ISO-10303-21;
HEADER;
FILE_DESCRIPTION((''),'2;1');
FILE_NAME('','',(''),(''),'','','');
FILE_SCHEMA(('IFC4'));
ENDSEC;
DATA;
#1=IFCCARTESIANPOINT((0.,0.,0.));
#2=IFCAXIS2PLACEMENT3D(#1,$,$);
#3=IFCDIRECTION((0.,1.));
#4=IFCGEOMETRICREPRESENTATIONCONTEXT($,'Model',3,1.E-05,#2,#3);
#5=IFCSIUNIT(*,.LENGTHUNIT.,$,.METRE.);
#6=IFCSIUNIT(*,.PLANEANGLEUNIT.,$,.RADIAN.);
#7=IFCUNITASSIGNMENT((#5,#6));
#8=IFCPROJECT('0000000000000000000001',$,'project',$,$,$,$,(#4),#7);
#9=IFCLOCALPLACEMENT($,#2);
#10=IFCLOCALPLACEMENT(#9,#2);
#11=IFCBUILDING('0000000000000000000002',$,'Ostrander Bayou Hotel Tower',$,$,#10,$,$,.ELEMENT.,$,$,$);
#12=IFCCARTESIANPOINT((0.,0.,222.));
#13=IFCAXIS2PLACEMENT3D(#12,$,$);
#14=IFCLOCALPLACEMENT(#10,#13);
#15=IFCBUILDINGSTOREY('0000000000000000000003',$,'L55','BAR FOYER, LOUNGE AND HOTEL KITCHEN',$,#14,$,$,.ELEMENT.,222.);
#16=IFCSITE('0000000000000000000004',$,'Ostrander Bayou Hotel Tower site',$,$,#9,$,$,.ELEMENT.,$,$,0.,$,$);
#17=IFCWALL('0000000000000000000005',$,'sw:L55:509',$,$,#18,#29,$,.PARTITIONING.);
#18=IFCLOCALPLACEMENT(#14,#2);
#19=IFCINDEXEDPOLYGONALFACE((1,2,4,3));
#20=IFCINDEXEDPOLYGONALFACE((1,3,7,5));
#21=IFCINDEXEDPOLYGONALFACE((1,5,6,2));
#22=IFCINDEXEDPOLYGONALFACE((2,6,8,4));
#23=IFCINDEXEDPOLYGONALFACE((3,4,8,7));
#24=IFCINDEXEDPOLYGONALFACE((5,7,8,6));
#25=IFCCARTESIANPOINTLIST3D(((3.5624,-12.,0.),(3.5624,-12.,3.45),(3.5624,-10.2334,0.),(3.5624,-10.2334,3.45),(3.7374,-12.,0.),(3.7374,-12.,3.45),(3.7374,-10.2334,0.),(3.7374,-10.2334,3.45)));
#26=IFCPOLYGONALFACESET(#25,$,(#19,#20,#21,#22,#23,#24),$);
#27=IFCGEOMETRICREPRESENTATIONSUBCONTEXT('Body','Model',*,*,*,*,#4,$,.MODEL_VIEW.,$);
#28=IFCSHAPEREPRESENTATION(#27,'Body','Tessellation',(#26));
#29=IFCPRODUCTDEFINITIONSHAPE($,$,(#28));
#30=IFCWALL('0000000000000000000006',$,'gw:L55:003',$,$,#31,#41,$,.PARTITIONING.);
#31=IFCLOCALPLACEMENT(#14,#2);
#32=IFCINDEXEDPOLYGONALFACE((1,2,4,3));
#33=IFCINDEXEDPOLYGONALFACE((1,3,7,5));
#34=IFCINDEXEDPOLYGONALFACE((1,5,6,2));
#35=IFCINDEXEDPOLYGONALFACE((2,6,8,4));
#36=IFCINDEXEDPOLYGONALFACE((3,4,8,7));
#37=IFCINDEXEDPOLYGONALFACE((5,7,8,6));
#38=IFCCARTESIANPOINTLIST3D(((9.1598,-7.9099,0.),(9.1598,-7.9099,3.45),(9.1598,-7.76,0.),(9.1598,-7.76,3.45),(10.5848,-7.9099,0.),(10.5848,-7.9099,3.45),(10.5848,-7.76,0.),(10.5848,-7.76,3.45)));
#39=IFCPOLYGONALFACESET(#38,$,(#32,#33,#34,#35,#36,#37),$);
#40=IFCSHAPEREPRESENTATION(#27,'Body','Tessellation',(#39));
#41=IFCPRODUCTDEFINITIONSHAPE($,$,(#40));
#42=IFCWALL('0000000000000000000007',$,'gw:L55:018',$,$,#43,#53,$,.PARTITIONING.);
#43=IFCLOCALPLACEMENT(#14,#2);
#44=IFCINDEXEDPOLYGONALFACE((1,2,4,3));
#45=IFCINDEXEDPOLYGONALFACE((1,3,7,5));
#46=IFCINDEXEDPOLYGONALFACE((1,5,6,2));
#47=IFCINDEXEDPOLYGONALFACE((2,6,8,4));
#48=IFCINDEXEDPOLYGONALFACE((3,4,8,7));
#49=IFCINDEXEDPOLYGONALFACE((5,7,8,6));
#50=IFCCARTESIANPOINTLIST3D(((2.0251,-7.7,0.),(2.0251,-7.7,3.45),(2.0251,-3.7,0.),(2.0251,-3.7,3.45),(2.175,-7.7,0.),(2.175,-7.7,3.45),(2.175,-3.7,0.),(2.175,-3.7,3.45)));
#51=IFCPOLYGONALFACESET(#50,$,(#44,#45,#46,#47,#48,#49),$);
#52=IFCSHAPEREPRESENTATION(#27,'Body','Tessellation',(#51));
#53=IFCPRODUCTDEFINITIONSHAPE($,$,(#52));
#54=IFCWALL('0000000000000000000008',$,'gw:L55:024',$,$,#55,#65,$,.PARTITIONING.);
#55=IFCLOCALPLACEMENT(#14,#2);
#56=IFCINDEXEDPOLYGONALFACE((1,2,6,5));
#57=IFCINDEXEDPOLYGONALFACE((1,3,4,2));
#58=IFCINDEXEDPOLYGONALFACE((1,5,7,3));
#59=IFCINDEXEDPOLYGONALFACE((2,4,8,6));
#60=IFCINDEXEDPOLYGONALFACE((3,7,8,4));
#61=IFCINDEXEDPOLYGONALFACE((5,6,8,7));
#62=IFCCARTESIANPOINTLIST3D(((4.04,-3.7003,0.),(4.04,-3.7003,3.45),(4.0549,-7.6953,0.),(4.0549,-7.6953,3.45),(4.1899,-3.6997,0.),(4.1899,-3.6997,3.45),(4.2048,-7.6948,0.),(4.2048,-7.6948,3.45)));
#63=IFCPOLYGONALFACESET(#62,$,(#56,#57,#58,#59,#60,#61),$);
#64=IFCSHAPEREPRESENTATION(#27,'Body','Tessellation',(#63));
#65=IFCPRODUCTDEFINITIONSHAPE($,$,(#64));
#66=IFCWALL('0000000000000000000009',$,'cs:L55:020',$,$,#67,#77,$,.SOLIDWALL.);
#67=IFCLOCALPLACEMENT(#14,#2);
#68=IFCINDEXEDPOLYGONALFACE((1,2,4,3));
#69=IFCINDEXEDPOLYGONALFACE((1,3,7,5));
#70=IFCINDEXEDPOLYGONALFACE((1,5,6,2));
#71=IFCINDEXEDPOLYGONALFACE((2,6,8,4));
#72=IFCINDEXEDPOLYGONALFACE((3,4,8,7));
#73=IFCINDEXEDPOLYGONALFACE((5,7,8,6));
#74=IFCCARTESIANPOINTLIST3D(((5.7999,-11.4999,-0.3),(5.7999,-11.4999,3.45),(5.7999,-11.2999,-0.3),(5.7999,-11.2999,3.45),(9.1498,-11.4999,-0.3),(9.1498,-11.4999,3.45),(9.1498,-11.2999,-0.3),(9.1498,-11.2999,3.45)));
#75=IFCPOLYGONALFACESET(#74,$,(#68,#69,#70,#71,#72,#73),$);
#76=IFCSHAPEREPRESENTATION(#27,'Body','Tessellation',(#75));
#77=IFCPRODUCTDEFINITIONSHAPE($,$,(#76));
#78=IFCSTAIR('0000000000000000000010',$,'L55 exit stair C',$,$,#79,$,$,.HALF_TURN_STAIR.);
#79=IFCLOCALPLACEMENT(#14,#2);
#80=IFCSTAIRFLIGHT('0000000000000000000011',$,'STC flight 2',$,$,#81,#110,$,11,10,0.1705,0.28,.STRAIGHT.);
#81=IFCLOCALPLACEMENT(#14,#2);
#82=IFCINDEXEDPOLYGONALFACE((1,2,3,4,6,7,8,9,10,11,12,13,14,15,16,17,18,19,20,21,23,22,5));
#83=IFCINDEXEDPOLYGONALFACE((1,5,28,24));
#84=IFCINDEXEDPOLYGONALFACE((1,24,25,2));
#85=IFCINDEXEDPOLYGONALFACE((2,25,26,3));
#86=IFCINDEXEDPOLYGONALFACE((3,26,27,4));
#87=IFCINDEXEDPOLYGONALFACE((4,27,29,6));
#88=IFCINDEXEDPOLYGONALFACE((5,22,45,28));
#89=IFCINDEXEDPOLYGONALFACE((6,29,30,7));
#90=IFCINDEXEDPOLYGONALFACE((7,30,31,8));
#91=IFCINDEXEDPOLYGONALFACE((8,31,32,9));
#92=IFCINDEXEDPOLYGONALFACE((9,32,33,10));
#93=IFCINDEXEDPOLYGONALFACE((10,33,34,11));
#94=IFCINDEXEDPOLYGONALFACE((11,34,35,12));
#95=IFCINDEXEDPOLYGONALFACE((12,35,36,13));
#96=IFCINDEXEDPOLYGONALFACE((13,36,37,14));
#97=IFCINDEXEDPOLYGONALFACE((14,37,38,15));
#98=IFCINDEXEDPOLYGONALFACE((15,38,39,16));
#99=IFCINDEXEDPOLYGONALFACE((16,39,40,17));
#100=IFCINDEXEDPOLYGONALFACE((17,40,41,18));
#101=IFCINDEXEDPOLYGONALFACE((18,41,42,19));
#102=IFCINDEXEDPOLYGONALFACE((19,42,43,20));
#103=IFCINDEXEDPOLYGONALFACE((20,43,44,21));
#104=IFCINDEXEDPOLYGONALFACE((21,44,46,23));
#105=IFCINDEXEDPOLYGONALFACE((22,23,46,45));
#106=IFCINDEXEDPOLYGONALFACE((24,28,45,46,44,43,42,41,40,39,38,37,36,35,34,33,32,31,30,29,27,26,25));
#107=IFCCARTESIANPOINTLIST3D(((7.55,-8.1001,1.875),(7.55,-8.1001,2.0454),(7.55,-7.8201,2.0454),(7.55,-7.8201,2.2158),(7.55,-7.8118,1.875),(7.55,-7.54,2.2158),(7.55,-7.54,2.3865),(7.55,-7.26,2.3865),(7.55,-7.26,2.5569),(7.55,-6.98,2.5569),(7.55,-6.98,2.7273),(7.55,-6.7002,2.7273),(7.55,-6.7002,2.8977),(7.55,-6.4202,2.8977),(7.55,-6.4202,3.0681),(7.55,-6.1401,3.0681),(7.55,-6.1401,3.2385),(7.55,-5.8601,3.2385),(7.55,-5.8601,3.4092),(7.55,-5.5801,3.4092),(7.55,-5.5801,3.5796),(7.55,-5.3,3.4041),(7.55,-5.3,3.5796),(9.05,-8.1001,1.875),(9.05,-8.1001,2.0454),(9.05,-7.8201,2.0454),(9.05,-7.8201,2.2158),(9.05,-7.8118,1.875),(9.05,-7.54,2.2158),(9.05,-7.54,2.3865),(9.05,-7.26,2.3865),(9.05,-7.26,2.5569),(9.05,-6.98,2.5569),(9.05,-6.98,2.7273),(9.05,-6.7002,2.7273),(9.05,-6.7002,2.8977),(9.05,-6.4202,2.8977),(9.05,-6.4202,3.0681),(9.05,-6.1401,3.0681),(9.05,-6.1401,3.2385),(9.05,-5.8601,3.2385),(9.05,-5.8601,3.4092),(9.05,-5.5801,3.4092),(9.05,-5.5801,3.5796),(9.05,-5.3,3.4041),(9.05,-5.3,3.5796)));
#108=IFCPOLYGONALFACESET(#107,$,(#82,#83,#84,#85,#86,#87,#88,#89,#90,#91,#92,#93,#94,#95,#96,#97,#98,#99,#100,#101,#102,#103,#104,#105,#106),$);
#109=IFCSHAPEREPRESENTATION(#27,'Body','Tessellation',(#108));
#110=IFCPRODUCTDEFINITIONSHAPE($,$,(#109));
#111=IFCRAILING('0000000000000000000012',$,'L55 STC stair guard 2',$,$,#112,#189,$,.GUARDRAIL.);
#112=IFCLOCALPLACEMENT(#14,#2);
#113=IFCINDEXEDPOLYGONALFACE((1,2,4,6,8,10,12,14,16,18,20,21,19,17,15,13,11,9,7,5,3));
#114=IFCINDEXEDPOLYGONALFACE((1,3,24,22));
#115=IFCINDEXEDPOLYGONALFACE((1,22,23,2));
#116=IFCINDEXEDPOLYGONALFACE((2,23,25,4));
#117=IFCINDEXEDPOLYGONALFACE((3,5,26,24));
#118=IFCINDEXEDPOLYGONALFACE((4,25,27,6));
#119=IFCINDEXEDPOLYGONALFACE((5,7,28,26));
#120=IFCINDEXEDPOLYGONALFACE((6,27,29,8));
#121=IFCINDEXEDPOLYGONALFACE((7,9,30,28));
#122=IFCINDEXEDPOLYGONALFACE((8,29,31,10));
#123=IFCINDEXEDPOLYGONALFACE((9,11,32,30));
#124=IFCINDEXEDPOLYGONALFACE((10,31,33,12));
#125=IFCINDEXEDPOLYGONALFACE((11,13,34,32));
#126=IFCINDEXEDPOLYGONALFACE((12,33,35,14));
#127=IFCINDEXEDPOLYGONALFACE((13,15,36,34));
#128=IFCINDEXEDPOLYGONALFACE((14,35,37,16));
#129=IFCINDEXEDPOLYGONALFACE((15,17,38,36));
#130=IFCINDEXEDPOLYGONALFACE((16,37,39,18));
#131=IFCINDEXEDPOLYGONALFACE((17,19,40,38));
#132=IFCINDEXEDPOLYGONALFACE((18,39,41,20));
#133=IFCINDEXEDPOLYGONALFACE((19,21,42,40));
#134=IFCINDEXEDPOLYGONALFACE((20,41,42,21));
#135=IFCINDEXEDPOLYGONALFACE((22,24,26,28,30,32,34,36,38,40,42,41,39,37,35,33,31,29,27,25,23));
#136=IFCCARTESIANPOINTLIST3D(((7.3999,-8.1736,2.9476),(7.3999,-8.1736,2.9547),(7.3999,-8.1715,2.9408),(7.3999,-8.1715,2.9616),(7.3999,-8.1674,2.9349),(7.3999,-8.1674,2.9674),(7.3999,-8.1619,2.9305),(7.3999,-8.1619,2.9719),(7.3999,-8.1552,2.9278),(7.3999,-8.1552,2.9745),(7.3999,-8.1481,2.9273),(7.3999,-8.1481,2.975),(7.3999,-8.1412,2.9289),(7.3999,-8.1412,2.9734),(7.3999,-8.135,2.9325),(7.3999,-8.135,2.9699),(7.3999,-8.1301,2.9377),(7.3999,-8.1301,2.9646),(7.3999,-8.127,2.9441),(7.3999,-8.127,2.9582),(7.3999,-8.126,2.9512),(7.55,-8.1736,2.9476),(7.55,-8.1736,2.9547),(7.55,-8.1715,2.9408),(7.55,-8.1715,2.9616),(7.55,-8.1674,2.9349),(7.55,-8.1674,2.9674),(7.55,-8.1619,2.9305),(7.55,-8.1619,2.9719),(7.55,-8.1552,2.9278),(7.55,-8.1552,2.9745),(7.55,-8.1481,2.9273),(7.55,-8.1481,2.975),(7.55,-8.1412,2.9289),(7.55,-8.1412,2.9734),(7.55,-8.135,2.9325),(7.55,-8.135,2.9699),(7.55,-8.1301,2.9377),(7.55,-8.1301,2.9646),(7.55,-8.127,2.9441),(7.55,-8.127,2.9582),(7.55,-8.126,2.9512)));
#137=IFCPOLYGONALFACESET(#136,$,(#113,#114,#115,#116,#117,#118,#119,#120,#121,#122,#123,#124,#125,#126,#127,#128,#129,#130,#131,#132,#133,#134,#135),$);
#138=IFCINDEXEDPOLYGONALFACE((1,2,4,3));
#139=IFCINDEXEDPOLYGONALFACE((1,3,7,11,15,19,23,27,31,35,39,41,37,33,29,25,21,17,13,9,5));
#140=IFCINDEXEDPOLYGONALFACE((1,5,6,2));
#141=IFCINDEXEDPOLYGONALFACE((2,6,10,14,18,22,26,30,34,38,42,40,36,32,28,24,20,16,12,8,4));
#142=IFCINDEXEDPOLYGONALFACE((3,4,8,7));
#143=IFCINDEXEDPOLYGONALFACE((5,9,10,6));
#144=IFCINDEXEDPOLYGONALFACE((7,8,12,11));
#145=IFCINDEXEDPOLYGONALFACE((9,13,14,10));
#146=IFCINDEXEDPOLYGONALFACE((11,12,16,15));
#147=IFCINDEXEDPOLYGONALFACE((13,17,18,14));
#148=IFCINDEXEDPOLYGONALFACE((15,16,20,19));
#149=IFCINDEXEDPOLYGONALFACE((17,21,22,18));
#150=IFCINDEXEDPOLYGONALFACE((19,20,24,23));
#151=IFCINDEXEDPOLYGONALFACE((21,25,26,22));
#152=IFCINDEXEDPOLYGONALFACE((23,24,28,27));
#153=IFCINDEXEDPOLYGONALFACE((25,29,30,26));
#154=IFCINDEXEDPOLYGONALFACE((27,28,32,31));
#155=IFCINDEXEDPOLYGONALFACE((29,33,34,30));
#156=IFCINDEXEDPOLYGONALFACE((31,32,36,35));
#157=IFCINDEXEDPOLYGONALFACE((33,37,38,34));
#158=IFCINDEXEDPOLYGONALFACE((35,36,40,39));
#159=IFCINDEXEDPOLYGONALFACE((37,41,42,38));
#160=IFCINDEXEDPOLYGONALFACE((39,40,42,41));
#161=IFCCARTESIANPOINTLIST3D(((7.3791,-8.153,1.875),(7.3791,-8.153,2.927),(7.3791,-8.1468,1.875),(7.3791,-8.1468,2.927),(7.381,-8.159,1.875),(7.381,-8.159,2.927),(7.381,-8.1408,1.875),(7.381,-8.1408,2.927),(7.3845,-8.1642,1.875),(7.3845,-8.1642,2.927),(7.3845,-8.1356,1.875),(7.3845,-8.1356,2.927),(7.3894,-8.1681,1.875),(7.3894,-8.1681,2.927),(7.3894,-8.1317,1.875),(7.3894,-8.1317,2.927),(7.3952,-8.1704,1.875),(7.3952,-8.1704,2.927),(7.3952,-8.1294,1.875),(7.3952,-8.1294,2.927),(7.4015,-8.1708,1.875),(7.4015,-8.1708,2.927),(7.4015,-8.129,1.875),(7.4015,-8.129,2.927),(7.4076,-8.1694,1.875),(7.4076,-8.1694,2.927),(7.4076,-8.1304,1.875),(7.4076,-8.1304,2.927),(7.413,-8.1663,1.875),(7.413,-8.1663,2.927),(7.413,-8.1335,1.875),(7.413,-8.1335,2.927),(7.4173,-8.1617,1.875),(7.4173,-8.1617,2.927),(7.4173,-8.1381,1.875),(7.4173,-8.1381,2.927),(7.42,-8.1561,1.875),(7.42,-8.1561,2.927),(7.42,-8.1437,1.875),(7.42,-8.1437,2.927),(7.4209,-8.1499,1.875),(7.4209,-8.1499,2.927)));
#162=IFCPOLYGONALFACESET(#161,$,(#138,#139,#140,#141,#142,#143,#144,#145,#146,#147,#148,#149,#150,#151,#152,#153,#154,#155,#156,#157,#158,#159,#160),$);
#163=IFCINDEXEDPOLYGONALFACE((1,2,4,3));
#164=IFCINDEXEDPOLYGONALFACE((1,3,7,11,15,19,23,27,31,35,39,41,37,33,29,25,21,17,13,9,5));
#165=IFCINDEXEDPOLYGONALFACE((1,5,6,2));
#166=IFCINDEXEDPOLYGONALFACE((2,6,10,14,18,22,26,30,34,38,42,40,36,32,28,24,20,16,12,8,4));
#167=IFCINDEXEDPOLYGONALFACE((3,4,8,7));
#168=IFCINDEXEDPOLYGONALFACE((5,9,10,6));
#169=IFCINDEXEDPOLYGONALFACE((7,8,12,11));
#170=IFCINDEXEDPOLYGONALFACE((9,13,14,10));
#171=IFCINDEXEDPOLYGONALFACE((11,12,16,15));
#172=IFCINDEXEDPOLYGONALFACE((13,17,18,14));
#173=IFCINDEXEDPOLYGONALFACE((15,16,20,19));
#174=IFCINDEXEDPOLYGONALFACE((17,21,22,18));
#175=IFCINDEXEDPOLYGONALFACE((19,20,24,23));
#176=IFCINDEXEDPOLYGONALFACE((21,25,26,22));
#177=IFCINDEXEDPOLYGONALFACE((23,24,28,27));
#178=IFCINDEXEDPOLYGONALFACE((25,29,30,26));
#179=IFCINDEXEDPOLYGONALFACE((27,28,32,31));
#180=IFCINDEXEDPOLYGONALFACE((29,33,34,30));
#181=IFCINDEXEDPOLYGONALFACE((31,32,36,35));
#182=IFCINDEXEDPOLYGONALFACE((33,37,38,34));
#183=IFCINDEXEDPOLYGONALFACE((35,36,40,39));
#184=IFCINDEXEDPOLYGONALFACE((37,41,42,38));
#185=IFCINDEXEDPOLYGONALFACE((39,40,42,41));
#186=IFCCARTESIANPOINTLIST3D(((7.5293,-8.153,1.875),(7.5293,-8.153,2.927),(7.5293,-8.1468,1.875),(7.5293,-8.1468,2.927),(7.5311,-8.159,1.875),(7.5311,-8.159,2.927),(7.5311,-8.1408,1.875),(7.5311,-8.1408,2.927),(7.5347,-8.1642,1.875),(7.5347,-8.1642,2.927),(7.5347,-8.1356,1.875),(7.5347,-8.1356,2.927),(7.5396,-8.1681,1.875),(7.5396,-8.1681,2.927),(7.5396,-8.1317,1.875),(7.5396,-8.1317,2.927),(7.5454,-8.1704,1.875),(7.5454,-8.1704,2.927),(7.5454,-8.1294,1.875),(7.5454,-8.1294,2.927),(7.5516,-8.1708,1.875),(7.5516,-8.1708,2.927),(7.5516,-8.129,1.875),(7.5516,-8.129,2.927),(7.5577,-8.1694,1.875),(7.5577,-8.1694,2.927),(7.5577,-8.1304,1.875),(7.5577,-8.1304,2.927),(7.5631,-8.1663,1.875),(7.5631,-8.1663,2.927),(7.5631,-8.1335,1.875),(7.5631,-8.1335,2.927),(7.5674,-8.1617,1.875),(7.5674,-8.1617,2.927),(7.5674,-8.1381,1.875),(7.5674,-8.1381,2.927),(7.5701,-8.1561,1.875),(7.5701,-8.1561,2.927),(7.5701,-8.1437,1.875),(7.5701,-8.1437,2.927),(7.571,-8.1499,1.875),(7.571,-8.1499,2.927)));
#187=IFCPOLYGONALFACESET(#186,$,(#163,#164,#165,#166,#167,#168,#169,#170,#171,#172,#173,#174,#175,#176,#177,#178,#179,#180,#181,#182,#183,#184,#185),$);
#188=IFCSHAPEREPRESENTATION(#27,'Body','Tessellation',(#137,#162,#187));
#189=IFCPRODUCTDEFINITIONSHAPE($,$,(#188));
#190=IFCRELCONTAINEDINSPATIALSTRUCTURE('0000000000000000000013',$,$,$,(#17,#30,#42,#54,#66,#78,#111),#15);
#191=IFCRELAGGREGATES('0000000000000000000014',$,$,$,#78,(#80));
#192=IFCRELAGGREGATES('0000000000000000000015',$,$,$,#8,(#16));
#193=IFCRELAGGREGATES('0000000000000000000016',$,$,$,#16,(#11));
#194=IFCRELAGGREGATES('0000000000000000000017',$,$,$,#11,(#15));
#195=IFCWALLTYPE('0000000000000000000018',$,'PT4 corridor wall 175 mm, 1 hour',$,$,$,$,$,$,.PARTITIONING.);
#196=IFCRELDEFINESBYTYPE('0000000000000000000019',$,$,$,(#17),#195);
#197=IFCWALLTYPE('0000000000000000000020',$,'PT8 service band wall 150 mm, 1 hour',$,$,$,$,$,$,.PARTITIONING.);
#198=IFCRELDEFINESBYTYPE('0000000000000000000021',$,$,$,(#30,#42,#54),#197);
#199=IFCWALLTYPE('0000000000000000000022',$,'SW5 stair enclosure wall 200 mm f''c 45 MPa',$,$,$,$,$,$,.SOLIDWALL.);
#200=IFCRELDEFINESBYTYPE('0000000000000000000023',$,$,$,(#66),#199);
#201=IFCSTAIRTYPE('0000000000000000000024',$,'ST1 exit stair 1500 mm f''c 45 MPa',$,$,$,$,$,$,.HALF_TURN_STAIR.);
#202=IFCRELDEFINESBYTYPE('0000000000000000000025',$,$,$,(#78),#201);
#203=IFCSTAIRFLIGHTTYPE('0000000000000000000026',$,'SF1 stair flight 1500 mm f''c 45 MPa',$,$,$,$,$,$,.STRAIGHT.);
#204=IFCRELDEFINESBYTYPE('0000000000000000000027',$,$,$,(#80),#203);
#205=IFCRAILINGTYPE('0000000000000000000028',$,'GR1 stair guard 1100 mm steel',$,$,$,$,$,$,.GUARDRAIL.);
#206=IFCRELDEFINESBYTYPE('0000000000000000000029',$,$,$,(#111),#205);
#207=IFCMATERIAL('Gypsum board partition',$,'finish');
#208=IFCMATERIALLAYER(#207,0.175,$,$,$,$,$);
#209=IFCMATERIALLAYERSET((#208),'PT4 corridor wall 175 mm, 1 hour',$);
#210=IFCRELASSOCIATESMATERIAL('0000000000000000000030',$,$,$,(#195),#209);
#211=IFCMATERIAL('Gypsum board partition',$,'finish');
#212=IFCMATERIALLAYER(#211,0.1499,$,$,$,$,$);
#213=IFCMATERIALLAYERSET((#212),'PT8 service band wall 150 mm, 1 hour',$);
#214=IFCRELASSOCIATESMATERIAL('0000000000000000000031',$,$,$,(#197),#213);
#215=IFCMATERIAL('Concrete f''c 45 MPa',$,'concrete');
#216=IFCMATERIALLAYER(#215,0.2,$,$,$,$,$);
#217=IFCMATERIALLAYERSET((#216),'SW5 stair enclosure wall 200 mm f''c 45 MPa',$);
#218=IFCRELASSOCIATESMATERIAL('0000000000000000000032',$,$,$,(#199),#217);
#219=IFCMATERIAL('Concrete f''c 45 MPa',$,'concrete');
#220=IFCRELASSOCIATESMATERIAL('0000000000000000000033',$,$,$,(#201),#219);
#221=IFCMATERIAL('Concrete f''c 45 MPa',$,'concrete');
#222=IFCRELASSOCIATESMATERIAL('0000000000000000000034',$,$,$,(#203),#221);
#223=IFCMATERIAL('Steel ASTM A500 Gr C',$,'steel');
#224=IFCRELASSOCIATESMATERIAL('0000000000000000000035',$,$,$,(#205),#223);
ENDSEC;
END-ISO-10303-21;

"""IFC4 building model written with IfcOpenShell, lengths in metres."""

from ifc_helpers import new_model, si_unit, direction, frame, frame_2d, origin, origin_2d, place, context, subcontext, project, spatial, polyline, rectangle, circle, outline, extrude, material, layer, layer_set, type_object, element, aggregate, save


model = new_model("IFC4")

# Units and contexts
model_context = context("Model", 3, precision=1e-05, world=origin(), true_north=direction((0.0, 1.0)))
body_context = subcontext(model_context, "Body", "Model", "MODEL_VIEW")
ifc_project = project(units=[si_unit("LENGTHUNIT", "METRE"), si_unit("PLANEANGLEUNIT", "RADIAN")], contexts=[model_context])

# Site, building, storey
site_placement = place(None, origin())
site = spatial("IfcSite", under=ifc_project, at=site_placement, Name="Ostrander Bayou Hotel Tower site", CompositionType="ELEMENT", RefElevation=0.0)
building_placement = place(site_placement, origin())
building = spatial("IfcBuilding", under=site, at=building_placement, Name="Ostrander Bayou Hotel Tower", CompositionType="ELEMENT")
storey_placement = place(building_placement, frame((0.0, 0.0, 222.0)))
storey = spatial("IfcBuildingStorey", under=building, at=storey_placement, Name="L55", Description="BAR FOYER, LOUNGE AND HOTEL KITCHEN", CompositionType="ELEMENT", Elevation=222.0)

# Walls
ifc_material_1 = material(Name="Gypsum board partition", Category="finish")
ifc_layer_1 = layer(ifc_material_1, 0.175)
ifc_layer_set_1 = layer_set([ifc_layer_1], Name="PT4 corridor wall 175 mm, 1 hour")
wall_type_1 = type_object("IfcWallType", Name="PT4 corridor wall 175 mm, 1 hour", PredefinedType="PARTITIONING", material=ifc_layer_set_1)
wall_1_placement = place(storey_placement, frame((3.6499, -12.0, 0.0), z_axis=(0.0, 0.0, 1.0), x_axis=(0.0, 1.0, 0.0)))
element("IfcWall", 1, at=wall_1_placement, inside=storey, type_object=wall_type_1, Name="sw:L55:509", PredefinedType="PARTITIONING", context=body_context, shape_type="SweptSolid", body=[
    extrude(rectangle(XDim=1.7666, YDim=0.175, at=frame_2d((0.8833, 0.0))), origin(), (0.0, 0.0, 1.0), 3.45),
])
ifc_material_2 = material(Name="Gypsum board partition", Category="finish")
ifc_layer_2 = layer(ifc_material_2, 0.1499)
ifc_layer_set_2 = layer_set([ifc_layer_2], Name="PT8 service band wall 150 mm, 1 hour")
wall_type_2 = type_object("IfcWallType", Name="PT8 service band wall 150 mm, 1 hour", PredefinedType="PARTITIONING", material=ifc_layer_set_2)
wall_2_placement = place(storey_placement, frame((9.1599, -7.835, 0.0), z_axis=(0.0, 0.0, 1.0), x_axis=(1.0, 0.0, 0.0)))
element("IfcWall", 2, at=wall_2_placement, inside=storey, type_object=wall_type_2, Name="gw:L55:003", PredefinedType="PARTITIONING", context=body_context, shape_type="SweptSolid", body=[
    extrude(rectangle(XDim=1.425, YDim=0.1499, at=frame_2d((0.7124, 0.0))), origin(), (0.0, 0.0, 1.0), 3.45),
])
wall_3_placement = place(storey_placement, frame((2.1001, -7.7, 0.0), z_axis=(0.0, 0.0, 1.0), x_axis=(0.0, 1.0, 0.0)))
element("IfcWall", 3, at=wall_3_placement, inside=storey, type_object=wall_type_2, Name="gw:L55:018", PredefinedType="PARTITIONING", context=body_context, shape_type="SweptSolid", body=[
    extrude(rectangle(XDim=4.0, YDim=0.1499, at=frame_2d((2.0, 0.0))), origin(), (0.0, 0.0, 1.0), 3.45),
])
wall_4_placement = place(storey_placement, frame((4.1299, -7.6951, 0.0), z_axis=(0.0, 0.0, 1.0), x_axis=(-0.003728, 0.999993, 0.0)))
element("IfcWall", 4, at=wall_4_placement, inside=storey, type_object=wall_type_2, Name="gw:L55:024", PredefinedType="PARTITIONING", context=body_context, shape_type="SweptSolid", body=[
    extrude(rectangle(XDim=3.9951, YDim=0.1499, at=frame_2d((1.9976, 0.0))), origin(), (0.0, 0.0, 1.0), 3.45),
])
ifc_material_3 = material(Name="Concrete f'c 45 MPa", Category="concrete")
ifc_layer_3 = layer(ifc_material_3, 0.2)
ifc_layer_set_3 = layer_set([ifc_layer_3], Name="SW5 stair enclosure wall 200 mm f'c 45 MPa")
wall_type_3 = type_object("IfcWallType", Name="SW5 stair enclosure wall 200 mm f'c 45 MPa", PredefinedType="SOLIDWALL", material=ifc_layer_set_3)
wall_5_placement = place(storey_placement, frame((5.8, -11.3999, -0.3), z_axis=(0.0, 0.0, 1.0), x_axis=(1.0, 0.0, 0.0)))
element("IfcWall", 5, at=wall_5_placement, inside=storey, type_object=wall_type_3, Name="cs:L55:020", PredefinedType="SOLIDWALL", context=body_context, shape_type="SweptSolid", body=[
    extrude(rectangle(XDim=3.3499, YDim=0.2, at=frame_2d((1.6748, 0.0))), origin(), (0.0, 0.0, 1.0), 3.75),
])

# Stair, stair flight
ifc_material_4 = material(Name="Concrete f'c 45 MPa", Category="concrete")
stair_type = type_object("IfcStairType", Name="ST1 exit stair 1500 mm f'c 45 MPa", PredefinedType="HALF_TURN_STAIR", material=ifc_material_4)
stair_placement = place(storey_placement, origin())
stair = element("IfcStair", 6, at=stair_placement, inside=storey, type_object=stair_type, Name="L55 exit stair C", PredefinedType="HALF_TURN_STAIR")
ifc_material_5 = material(Name="Concrete f'c 45 MPa", Category="concrete")
stair_flight_type = type_object("IfcStairFlightType", Name="SF1 stair flight 1500 mm f'c 45 MPa", PredefinedType="STRAIGHT", material=ifc_material_5)
stair_flight_placement = place(storey_placement, frame((8.3, -8.1001, 1.875), z_axis=(0.0, 0.0, 1.0), x_axis=(0.0, 1.0, 0.0)))
stair_flight = element("IfcStairFlight", 7, at=stair_flight_placement, type_object=stair_flight_type, Name="STC flight 2", NumberOfRisers=11, NumberOfTreads=10, PredefinedType="STRAIGHT", RiserHeight=0.1705, TreadLength=0.28, context=body_context, shape_type="SweptSolid", body=[
    extrude(outline(polyline([(0.0, 0.0), (0.0, 0.1704), (0.28, 0.1704), (0.28, 0.3408), (0.5601, 0.3408), (0.5601, 0.5115), (0.8401, 0.5115), (0.8401, 0.6819), (1.1201, 0.6819), (1.1201, 0.8523), (1.3999, 0.8523), (1.3999, 1.0227), (1.6799, 1.0227), (1.6799, 1.1931), (1.96, 1.1931), (1.96, 1.3635), (2.24, 1.3635), (2.24, 1.5342), (2.52, 1.5342), (2.52, 1.7046), (2.8, 1.7046), (2.8, 1.875), (2.8, 1.5291), (0.2883, 0.0), (0.0, 0.0)])), frame((0.0, 0.75, 0.0), z_axis=(0.0, -1.0, 0.0), x_axis=(1.0, 0.0, 0.0)), (0.0, 0.0, 1.0), 1.5),
])
aggregate(stair, [stair_flight])

# Railing
ifc_material_6 = material(Name="Steel ASTM A500 Gr C", Category="steel")
railing_type_1 = type_object("IfcRailingType", Name="GR1 stair guard 1100 mm steel", PredefinedType="GUARDRAIL", material=ifc_material_6)
railing_1_placement = place(storey_placement, frame((7.3999, -8.1499, 1.875)))
element("IfcRailing", 8, at=railing_1_placement, inside=storey, type_object=railing_type_1, Name="L55 STC stair guard 2", PredefinedType="GUARDRAIL", context=body_context, shape_type="SweptSolid", body=[
    extrude(circle(Radius=0.0239, at=origin_2d()), frame((0.0, 0.0, 1.0762), z_axis=(1.0, 0.0, 0.0), x_axis=(0.0, 1.0, 0.0)), (0.0, 0.0, 1.0), 0.1501),
    extrude(circle(Radius=0.021, at=origin_2d()), origin(), (0.0, 0.0, 1.0), 1.052),
    extrude(circle(Radius=0.021, at=origin_2d()), frame((0.1501, 0.0, 0.0)), (0.0, 0.0, 1.0), 1.052),
])

save(model, "model.ifc")
